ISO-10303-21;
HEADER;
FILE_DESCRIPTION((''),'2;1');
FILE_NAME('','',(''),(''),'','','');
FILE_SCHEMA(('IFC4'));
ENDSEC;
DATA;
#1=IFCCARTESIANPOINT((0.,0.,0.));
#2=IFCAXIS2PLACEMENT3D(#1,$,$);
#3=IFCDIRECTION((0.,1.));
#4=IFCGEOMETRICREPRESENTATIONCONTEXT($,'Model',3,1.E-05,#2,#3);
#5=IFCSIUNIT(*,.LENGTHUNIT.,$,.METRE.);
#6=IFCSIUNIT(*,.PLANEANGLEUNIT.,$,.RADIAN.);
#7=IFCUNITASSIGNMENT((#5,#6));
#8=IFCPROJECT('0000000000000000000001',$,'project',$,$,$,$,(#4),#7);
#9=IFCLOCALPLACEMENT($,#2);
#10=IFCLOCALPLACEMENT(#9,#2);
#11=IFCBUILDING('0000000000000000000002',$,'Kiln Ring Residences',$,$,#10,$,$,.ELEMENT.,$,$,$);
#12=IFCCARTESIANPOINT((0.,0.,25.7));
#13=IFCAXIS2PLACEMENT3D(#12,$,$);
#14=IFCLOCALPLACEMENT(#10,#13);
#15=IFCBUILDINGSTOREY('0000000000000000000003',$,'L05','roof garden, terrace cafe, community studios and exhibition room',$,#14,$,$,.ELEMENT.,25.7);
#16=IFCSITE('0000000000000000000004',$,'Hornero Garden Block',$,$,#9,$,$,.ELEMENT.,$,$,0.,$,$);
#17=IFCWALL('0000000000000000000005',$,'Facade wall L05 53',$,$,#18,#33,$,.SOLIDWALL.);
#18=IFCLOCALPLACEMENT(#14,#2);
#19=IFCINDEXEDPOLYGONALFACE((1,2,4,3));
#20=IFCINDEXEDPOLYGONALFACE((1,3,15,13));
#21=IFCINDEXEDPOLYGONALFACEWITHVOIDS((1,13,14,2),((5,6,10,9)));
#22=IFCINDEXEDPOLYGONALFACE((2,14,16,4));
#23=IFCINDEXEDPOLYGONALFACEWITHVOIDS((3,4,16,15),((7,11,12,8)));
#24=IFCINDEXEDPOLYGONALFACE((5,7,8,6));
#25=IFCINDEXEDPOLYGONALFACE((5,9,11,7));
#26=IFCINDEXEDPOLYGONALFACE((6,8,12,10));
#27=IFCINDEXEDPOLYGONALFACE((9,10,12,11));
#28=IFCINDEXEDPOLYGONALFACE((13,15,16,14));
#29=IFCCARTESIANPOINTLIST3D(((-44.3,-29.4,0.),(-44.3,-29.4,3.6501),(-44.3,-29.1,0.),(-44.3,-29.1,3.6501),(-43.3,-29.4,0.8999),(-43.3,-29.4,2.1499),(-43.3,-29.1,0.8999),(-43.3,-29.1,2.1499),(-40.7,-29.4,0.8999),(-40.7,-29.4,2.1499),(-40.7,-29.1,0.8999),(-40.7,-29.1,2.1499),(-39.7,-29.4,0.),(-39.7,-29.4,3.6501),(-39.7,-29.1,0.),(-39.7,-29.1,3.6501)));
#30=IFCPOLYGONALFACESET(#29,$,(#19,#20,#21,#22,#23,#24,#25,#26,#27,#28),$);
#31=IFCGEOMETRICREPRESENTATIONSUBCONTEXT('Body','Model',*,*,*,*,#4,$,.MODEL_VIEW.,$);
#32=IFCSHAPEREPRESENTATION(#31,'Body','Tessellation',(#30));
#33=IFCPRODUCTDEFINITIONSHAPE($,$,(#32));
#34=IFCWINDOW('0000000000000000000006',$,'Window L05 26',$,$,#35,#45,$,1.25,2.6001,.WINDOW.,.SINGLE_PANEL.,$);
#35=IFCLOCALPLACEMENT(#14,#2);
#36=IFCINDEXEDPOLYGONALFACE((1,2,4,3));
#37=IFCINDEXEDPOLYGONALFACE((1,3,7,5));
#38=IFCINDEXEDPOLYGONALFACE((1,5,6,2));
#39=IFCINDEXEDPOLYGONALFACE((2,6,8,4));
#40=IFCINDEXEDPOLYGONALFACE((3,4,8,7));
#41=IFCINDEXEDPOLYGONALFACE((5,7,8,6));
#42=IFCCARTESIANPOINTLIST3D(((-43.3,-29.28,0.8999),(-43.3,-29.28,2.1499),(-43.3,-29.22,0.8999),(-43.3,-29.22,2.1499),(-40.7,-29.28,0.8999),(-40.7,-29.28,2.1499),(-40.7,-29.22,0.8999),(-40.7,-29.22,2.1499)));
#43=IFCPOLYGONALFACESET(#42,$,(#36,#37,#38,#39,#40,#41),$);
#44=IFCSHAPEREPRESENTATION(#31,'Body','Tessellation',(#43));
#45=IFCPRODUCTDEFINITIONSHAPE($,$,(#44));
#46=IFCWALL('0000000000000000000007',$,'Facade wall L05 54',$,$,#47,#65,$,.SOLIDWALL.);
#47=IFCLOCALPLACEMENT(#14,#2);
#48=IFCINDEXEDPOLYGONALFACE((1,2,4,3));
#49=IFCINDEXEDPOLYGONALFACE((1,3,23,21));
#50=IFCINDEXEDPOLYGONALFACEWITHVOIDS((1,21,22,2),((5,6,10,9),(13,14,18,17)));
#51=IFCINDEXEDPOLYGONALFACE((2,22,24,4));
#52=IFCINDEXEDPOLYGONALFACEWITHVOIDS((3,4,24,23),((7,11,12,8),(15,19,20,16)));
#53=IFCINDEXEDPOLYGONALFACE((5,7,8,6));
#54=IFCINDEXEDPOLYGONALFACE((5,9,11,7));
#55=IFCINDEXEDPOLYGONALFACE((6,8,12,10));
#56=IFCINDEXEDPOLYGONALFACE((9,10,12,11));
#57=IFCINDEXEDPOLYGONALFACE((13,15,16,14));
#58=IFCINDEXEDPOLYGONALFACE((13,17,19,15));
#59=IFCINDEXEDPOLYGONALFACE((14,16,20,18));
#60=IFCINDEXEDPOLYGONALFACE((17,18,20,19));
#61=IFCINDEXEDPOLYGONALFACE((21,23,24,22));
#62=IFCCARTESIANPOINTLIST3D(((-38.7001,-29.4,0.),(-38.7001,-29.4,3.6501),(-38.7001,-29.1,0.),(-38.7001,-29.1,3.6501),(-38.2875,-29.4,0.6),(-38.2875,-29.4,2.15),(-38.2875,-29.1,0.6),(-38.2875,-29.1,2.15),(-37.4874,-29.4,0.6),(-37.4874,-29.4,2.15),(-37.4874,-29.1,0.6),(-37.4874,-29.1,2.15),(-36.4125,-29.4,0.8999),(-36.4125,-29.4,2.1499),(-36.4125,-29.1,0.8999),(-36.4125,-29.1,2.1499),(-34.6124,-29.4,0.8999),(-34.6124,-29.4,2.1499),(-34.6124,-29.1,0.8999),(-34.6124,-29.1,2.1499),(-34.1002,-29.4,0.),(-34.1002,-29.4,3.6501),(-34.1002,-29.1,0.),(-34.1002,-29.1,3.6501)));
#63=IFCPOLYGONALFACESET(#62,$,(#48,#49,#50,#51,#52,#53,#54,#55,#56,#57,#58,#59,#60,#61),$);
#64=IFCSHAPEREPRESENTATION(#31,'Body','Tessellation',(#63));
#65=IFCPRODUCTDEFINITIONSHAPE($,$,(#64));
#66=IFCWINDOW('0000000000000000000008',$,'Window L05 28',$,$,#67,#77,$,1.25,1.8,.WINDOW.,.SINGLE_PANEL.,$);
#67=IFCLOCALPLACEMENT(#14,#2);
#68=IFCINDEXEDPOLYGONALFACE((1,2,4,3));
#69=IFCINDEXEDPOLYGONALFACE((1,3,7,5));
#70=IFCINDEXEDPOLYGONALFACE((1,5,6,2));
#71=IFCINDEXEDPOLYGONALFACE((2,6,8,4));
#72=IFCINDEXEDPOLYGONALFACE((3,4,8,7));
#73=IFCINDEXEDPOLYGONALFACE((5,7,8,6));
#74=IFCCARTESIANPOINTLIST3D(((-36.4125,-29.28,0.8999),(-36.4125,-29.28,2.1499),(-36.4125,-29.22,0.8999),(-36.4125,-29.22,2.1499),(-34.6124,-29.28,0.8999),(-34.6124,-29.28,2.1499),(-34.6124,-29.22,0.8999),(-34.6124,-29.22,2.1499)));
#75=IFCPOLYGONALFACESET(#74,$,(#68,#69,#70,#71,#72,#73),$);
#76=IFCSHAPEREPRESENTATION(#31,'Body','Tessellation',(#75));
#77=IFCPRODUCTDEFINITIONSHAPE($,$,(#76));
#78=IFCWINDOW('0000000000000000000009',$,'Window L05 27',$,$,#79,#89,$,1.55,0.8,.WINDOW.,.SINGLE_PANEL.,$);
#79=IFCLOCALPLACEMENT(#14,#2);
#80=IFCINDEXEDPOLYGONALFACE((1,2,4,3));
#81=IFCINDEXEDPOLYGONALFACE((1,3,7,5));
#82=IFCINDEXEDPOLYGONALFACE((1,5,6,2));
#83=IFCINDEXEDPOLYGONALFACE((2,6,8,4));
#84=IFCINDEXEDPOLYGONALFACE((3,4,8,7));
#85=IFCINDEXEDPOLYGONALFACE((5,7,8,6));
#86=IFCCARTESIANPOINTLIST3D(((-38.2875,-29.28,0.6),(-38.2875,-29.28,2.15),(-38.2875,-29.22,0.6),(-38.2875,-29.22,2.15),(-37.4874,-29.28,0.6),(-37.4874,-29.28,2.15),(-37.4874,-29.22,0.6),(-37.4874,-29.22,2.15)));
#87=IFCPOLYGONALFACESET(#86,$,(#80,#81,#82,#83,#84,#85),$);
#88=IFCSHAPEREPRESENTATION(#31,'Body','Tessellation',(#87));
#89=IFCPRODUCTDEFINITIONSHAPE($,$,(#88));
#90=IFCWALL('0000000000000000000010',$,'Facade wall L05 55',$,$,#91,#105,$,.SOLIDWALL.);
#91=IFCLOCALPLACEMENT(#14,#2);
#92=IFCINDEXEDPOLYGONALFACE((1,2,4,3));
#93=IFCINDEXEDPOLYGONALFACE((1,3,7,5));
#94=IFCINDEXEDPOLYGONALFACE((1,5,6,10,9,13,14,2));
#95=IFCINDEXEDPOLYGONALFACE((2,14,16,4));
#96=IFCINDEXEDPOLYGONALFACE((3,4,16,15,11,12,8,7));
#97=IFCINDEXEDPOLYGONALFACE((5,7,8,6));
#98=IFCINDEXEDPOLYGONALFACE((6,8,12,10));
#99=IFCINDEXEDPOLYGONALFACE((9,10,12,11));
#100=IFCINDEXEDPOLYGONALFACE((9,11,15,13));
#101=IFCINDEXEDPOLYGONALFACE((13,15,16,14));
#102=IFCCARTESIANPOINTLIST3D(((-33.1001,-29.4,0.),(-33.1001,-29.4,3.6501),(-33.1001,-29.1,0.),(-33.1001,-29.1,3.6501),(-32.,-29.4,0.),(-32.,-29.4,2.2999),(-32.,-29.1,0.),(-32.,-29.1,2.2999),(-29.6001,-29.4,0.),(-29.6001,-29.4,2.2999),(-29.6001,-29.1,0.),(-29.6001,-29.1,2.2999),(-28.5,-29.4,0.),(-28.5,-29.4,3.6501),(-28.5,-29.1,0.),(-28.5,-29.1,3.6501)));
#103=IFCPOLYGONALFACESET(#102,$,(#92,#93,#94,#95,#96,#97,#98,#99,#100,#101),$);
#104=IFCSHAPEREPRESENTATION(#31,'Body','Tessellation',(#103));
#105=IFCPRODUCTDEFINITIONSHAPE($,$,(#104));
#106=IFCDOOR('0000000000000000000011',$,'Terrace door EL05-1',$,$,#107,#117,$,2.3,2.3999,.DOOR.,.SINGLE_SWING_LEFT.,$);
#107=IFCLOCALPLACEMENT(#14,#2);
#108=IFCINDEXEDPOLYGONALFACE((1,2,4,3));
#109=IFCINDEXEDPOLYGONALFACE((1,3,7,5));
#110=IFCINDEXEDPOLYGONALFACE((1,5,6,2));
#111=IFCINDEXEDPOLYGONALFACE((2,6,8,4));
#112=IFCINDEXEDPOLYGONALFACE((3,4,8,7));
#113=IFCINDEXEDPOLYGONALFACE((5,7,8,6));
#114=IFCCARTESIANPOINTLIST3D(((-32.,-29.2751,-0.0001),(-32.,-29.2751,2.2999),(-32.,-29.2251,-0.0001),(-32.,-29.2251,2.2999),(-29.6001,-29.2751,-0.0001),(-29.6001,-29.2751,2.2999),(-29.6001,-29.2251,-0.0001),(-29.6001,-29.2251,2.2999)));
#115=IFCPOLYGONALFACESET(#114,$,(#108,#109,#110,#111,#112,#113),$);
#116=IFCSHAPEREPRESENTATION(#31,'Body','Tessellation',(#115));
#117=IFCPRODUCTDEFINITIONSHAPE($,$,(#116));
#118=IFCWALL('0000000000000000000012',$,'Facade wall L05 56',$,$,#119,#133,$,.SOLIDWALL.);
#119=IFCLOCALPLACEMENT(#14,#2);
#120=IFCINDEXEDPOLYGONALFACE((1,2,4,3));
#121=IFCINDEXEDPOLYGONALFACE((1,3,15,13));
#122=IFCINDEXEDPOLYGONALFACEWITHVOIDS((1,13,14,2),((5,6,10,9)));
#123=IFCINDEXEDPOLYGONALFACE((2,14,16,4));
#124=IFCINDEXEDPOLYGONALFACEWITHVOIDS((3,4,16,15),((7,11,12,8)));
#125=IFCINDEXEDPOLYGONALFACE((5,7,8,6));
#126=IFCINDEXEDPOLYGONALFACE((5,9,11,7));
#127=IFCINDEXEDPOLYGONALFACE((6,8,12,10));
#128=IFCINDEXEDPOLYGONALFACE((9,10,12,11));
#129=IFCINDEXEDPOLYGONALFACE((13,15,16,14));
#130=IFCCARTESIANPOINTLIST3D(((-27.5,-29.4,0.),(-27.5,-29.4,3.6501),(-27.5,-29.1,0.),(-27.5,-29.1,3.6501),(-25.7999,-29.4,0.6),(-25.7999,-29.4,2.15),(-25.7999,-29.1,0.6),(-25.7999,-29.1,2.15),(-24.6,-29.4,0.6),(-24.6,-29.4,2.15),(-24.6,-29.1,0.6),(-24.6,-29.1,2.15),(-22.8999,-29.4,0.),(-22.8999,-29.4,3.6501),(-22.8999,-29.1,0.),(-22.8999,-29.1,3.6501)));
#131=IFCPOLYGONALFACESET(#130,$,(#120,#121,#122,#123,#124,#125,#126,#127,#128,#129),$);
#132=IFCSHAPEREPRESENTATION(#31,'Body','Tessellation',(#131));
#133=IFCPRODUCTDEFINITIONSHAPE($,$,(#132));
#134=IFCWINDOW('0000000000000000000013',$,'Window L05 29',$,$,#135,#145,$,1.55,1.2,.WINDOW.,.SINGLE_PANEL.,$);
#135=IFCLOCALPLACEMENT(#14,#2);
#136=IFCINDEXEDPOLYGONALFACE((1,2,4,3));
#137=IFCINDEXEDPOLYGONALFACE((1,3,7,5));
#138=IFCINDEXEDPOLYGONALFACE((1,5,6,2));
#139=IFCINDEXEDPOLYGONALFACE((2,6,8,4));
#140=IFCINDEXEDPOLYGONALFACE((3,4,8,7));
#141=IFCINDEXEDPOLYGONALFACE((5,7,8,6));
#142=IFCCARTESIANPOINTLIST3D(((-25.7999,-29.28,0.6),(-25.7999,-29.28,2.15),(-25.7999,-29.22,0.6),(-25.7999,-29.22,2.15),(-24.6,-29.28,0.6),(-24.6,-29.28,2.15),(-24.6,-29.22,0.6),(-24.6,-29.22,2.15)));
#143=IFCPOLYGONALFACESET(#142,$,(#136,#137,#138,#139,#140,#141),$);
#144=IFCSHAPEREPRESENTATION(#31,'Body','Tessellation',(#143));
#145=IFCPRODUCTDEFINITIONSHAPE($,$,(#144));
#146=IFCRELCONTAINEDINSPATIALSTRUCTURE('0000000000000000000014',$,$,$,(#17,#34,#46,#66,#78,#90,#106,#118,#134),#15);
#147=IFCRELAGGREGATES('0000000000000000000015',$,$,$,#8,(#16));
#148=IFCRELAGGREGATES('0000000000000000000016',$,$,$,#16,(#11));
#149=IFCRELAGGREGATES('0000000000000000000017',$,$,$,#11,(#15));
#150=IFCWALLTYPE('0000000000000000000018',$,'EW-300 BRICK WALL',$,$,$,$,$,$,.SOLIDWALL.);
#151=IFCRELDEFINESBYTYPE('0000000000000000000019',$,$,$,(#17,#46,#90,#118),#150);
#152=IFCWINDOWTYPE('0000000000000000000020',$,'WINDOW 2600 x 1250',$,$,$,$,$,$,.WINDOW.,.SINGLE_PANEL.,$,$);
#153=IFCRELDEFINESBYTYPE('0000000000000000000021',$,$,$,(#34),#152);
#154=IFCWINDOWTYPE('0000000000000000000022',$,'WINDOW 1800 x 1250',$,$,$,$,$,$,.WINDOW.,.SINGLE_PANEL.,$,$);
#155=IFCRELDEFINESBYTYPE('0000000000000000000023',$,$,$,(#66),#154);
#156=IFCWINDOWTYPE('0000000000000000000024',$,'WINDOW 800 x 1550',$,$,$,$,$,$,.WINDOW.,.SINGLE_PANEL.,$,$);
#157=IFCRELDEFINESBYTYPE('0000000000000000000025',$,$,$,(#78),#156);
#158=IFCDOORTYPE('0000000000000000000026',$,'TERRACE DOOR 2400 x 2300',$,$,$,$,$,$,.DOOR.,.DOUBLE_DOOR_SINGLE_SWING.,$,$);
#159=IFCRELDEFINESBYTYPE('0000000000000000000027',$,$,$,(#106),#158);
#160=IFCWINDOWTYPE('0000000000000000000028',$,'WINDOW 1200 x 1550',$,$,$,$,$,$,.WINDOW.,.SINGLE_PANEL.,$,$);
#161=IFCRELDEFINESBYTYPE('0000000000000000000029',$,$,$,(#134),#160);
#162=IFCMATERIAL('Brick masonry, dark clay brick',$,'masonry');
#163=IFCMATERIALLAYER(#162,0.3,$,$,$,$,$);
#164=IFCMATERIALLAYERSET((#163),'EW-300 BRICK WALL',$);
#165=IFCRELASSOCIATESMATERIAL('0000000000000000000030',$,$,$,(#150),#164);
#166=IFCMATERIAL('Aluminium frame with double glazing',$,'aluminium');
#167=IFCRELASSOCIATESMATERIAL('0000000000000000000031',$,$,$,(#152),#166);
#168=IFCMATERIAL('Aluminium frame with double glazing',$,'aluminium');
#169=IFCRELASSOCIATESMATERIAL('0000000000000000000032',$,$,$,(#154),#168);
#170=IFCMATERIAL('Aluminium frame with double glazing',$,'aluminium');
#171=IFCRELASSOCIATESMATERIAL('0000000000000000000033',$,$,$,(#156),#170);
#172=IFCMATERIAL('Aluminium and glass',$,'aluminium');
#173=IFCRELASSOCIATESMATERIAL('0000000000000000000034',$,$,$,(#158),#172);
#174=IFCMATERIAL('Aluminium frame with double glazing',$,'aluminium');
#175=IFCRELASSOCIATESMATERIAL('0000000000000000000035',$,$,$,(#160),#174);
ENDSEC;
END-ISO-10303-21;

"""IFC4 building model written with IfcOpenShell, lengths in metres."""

from ifc_helpers import new_model, si_unit, direction, frame, frame_2d, origin, place, context, subcontext, project, spatial, rectangle, extrude, material, layer, layer_set, type_object, element, fill, save


model = new_model("IFC4")

# Units and contexts
model_context = context("Model", 3, precision=1e-05, world=origin(), true_north=direction((0.0, 1.0)))
body_context = subcontext(model_context, "Body", "Model", "MODEL_VIEW")
ifc_project = project(units=[si_unit("LENGTHUNIT", "METRE"), si_unit("PLANEANGLEUNIT", "RADIAN")], contexts=[model_context])

# Site, building, storey
site_placement = place(None, origin())
site = spatial("IfcSite", under=ifc_project, at=site_placement, Name="Hornero Garden Block", CompositionType="ELEMENT", RefElevation=0.0)
building_placement = place(site_placement, origin())
building = spatial("IfcBuilding", under=site, at=building_placement, Name="Kiln Ring Residences", CompositionType="ELEMENT")
storey_placement = place(building_placement, frame((0.0, 0.0, 25.7)))
storey = spatial("IfcBuildingStorey", under=building, at=storey_placement, Name="L05", Description="roof garden, terrace cafe, community studios and exhibition room", CompositionType="ELEMENT", Elevation=25.7)

# Wall, opening, window
ifc_material_1 = material(Name="Brick masonry, dark clay brick", Category="masonry")
ifc_layer_1 = layer(ifc_material_1, 0.3)
ifc_layer_set_1 = layer_set([ifc_layer_1], Name="EW-300 BRICK WALL")
wall_type = type_object("IfcWallType", Name="EW-300 BRICK WALL", PredefinedType="SOLIDWALL", material=ifc_layer_set_1)
wall_1_placement = place(storey_placement, frame((-44.3, -29.25, 0.0), z_axis=(0.0, 0.0, 1.0), x_axis=(1.0, 0.0, 0.0)))
wall_1 = element("IfcWall", 1, at=wall_1_placement, inside=storey, type_object=wall_type, Name="Facade wall L05 53", PredefinedType="SOLIDWALL", context=body_context, shape_type="SweptSolid", body=[
    extrude(rectangle(XDim=4.6001, YDim=0.3, at=frame_2d((2.3, 0.0))), origin(), (0.0, 0.0, 1.0), 3.6501),
])
opening_1_placement = place(wall_1_placement, frame((1.0, 0.0, 0.8999)))
opening_1 = element("IfcOpeningElement", 2, at=opening_1_placement, cuts=wall_1, PredefinedType="OPENING", context=body_context, shape_type="SweptSolid", body=[
    extrude(rectangle(XDim=2.6001, YDim=1.25, at=frame_2d((1.3, 0.625))), frame((0.0, 0.1599, 0.0), z_axis=(0.0, -1.0, 0.0), x_axis=(1.0, 0.0, 0.0)), (0.0, 0.0, 1.0), 0.3201),
])
ifc_material_2 = material(Name="Aluminium frame with double glazing", Category="aluminium")
window_type_1 = type_object("IfcWindowType", Name="WINDOW 2600 x 1250", PartitioningType="SINGLE_PANEL", PredefinedType="WINDOW", material=ifc_material_2)
window_1_placement = place(opening_1_placement, origin())
window_1 = element("IfcWindow", 3, at=window_1_placement, inside=storey, type_object=window_type_1, Name="Window L05 26", OverallHeight=1.25, OverallWidth=2.6001, PartitioningType="SINGLE_PANEL", PredefinedType="WINDOW", context=body_context, shape_type="SweptSolid", body=[
    extrude(rectangle(XDim=2.6001, YDim=1.25, at=frame_2d((1.3, 0.625))), frame((0.0, 0.03, 0.0), z_axis=(0.0, -1.0, 0.0), x_axis=(1.0, 0.0, 0.0)), (0.0, 0.0, 1.0), 0.0601),
])
fill(opening_1, window_1)

# Wall, openings, windows
wall_2_placement = place(storey_placement, frame((-38.7, -29.25, 0.0), z_axis=(0.0, 0.0, 1.0), x_axis=(1.0, 0.0, 0.0)))
wall_2 = element("IfcWall", 4, at=wall_2_placement, inside=storey, type_object=wall_type, Name="Facade wall L05 54", PredefinedType="SOLIDWALL", context=body_context, shape_type="SweptSolid", body=[
    extrude(rectangle(XDim=4.5999, YDim=0.3, at=frame_2d((2.2998, 0.0))), origin(), (0.0, 0.0, 1.0), 3.6501),
])
opening_2_placement = place(wall_2_placement, frame((0.4126, 0.0, 0.6001)))
opening_2 = element("IfcOpeningElement", 5, at=opening_2_placement, cuts=wall_2, PredefinedType="OPENING", context=body_context, shape_type="SweptSolid", body=[
    extrude(rectangle(XDim=0.8, YDim=1.55, at=frame_2d((0.3999, 0.7749))), frame((0.0, 0.1599, 0.0), z_axis=(0.0, -1.0, 0.0), x_axis=(1.0, 0.0, 0.0)), (0.0, 0.0, 1.0), 0.3201),
])
opening_3_placement = place(wall_2_placement, frame((2.2876, 0.0, 0.8999)))
opening_3 = element("IfcOpeningElement", 6, at=opening_3_placement, cuts=wall_2, PredefinedType="OPENING", context=body_context, shape_type="SweptSolid", body=[
    extrude(rectangle(XDim=1.8, YDim=1.25, at=frame_2d((0.8999, 0.625))), frame((0.0, 0.1599, 0.0), z_axis=(0.0, -1.0, 0.0), x_axis=(1.0, 0.0, 0.0)), (0.0, 0.0, 1.0), 0.3201),
])
ifc_material_3 = material(Name="Aluminium frame with double glazing", Category="aluminium")
window_type_2 = type_object("IfcWindowType", Name="WINDOW 1800 x 1250", PartitioningType="SINGLE_PANEL", PredefinedType="WINDOW", material=ifc_material_3)
window_2_placement = place(opening_3_placement, origin())
window_2 = element("IfcWindow", 7, at=window_2_placement, inside=storey, type_object=window_type_2, Name="Window L05 28", OverallHeight=1.25, OverallWidth=1.8, PartitioningType="SINGLE_PANEL", PredefinedType="WINDOW", context=body_context, shape_type="SweptSolid", body=[
    extrude(rectangle(XDim=1.8, YDim=1.25, at=frame_2d((0.8999, 0.625))), frame((0.0, 0.03, 0.0), z_axis=(0.0, -1.0, 0.0), x_axis=(1.0, 0.0, 0.0)), (0.0, 0.0, 1.0), 0.0601),
])
fill(opening_3, window_2)
ifc_material_4 = material(Name="Aluminium frame with double glazing", Category="aluminium")
window_type_3 = type_object("IfcWindowType", Name="WINDOW 800 x 1550", PartitioningType="SINGLE_PANEL", PredefinedType="WINDOW", material=ifc_material_4)
window_3_placement = place(opening_2_placement, origin())
window_3 = element("IfcWindow", 8, at=window_3_placement, inside=storey, type_object=window_type_3, Name="Window L05 27", OverallHeight=1.55, OverallWidth=0.8, PartitioningType="SINGLE_PANEL", PredefinedType="WINDOW", context=body_context, shape_type="SweptSolid", body=[
    extrude(rectangle(XDim=0.8, YDim=1.55, at=frame_2d((0.3999, 0.7749))), frame((0.0, 0.03, 0.0), z_axis=(0.0, -1.0, 0.0), x_axis=(1.0, 0.0, 0.0)), (0.0, 0.0, 1.0), 0.0601),
])
fill(opening_2, window_3)

# Wall, opening, door
wall_3_placement = place(storey_placement, frame((-33.1001, -29.25, 0.0), z_axis=(0.0, 0.0, 1.0), x_axis=(1.0, 0.0, 0.0)))
wall_3 = element("IfcWall", 9, at=wall_3_placement, inside=storey, type_object=wall_type, Name="Facade wall L05 55", PredefinedType="SOLIDWALL", context=body_context, shape_type="SweptSolid", body=[
    extrude(rectangle(XDim=4.6001, YDim=0.3, at=frame_2d((2.3, 0.0))), origin(), (0.0, 0.0, 1.0), 3.6501),
])
opening_4_placement = place(wall_3_placement, frame((1.1001, 0.0, 0.0)))
opening_4 = element("IfcOpeningElement", 10, at=opening_4_placement, cuts=wall_3, PredefinedType="OPENING", context=body_context, shape_type="SweptSolid", body=[
    extrude(rectangle(XDim=2.3999, YDim=2.3, at=frame_2d((1.2, 1.1499))), frame((0.0, 0.1599, 0.0), z_axis=(0.0, -1.0, 0.0), x_axis=(1.0, 0.0, 0.0)), (0.0, 0.0, 1.0), 0.3201),
])
ifc_material_5 = material(Name="Aluminium and glass", Category="aluminium")
door_type = type_object("IfcDoorType", Name="TERRACE DOOR 2400 x 2300", OperationType="DOUBLE_DOOR_SINGLE_SWING", PredefinedType="DOOR", material=ifc_material_5)
door_placement = place(opening_4_placement, origin())
door = element("IfcDoor", 11, at=door_placement, inside=storey, type_object=door_type, Name="Terrace door EL05-1", OperationType="SINGLE_SWING_LEFT", OverallHeight=2.3, OverallWidth=2.3999, PredefinedType="DOOR", context=body_context, shape_type="SweptSolid", body=[
    extrude(rectangle(XDim=2.3999, YDim=2.3, at=frame_2d((1.2, 1.1499))), frame((0.0, 0.0249, 0.0), z_axis=(0.0, -1.0, 0.0), x_axis=(1.0, 0.0, 0.0)), (0.0, 0.0, 1.0), 0.05),
])
fill(opening_4, door)

# Wall, opening, window
wall_4_placement = place(storey_placement, frame((-27.5, -29.25, 0.0), z_axis=(0.0, 0.0, 1.0), x_axis=(1.0, 0.0, 0.0)))
wall_4 = element("IfcWall", 12, at=wall_4_placement, inside=storey, type_object=wall_type, Name="Facade wall L05 56", PredefinedType="SOLIDWALL", context=body_context, shape_type="SweptSolid", body=[
    extrude(rectangle(XDim=4.6001, YDim=0.3, at=frame_2d((2.3, 0.0))), origin(), (0.0, 0.0, 1.0), 3.6501),
])
opening_5_placement = place(wall_4_placement, frame((1.7, 0.0, 0.6001)))
opening_5 = element("IfcOpeningElement", 13, at=opening_5_placement, cuts=wall_4, PredefinedType="OPENING", context=body_context, shape_type="SweptSolid", body=[
    extrude(rectangle(XDim=1.2, YDim=1.55, at=frame_2d((0.6001, 0.7749))), frame((0.0, 0.1599, 0.0), z_axis=(0.0, -1.0, 0.0), x_axis=(1.0, 0.0, 0.0)), (0.0, 0.0, 1.0), 0.3201),
])
ifc_material_6 = material(Name="Aluminium frame with double glazing", Category="aluminium")
window_type_4 = type_object("IfcWindowType", Name="WINDOW 1200 x 1550", PartitioningType="SINGLE_PANEL", PredefinedType="WINDOW", material=ifc_material_6)
window_4_placement = place(opening_5_placement, origin())
window_4 = element("IfcWindow", 14, at=window_4_placement, inside=storey, type_object=window_type_4, Name="Window L05 29", OverallHeight=1.55, OverallWidth=1.2, PartitioningType="SINGLE_PANEL", PredefinedType="WINDOW", context=body_context, shape_type="SweptSolid", body=[
    extrude(rectangle(XDim=1.2, YDim=1.55, at=frame_2d((0.6001, 0.7749))), frame((0.0, 0.03, 0.0), z_axis=(0.0, -1.0, 0.0), x_axis=(1.0, 0.0, 0.0)), (0.0, 0.0, 1.0), 0.0601),
])
fill(opening_5, window_4)

save(model, "model.ifc")
